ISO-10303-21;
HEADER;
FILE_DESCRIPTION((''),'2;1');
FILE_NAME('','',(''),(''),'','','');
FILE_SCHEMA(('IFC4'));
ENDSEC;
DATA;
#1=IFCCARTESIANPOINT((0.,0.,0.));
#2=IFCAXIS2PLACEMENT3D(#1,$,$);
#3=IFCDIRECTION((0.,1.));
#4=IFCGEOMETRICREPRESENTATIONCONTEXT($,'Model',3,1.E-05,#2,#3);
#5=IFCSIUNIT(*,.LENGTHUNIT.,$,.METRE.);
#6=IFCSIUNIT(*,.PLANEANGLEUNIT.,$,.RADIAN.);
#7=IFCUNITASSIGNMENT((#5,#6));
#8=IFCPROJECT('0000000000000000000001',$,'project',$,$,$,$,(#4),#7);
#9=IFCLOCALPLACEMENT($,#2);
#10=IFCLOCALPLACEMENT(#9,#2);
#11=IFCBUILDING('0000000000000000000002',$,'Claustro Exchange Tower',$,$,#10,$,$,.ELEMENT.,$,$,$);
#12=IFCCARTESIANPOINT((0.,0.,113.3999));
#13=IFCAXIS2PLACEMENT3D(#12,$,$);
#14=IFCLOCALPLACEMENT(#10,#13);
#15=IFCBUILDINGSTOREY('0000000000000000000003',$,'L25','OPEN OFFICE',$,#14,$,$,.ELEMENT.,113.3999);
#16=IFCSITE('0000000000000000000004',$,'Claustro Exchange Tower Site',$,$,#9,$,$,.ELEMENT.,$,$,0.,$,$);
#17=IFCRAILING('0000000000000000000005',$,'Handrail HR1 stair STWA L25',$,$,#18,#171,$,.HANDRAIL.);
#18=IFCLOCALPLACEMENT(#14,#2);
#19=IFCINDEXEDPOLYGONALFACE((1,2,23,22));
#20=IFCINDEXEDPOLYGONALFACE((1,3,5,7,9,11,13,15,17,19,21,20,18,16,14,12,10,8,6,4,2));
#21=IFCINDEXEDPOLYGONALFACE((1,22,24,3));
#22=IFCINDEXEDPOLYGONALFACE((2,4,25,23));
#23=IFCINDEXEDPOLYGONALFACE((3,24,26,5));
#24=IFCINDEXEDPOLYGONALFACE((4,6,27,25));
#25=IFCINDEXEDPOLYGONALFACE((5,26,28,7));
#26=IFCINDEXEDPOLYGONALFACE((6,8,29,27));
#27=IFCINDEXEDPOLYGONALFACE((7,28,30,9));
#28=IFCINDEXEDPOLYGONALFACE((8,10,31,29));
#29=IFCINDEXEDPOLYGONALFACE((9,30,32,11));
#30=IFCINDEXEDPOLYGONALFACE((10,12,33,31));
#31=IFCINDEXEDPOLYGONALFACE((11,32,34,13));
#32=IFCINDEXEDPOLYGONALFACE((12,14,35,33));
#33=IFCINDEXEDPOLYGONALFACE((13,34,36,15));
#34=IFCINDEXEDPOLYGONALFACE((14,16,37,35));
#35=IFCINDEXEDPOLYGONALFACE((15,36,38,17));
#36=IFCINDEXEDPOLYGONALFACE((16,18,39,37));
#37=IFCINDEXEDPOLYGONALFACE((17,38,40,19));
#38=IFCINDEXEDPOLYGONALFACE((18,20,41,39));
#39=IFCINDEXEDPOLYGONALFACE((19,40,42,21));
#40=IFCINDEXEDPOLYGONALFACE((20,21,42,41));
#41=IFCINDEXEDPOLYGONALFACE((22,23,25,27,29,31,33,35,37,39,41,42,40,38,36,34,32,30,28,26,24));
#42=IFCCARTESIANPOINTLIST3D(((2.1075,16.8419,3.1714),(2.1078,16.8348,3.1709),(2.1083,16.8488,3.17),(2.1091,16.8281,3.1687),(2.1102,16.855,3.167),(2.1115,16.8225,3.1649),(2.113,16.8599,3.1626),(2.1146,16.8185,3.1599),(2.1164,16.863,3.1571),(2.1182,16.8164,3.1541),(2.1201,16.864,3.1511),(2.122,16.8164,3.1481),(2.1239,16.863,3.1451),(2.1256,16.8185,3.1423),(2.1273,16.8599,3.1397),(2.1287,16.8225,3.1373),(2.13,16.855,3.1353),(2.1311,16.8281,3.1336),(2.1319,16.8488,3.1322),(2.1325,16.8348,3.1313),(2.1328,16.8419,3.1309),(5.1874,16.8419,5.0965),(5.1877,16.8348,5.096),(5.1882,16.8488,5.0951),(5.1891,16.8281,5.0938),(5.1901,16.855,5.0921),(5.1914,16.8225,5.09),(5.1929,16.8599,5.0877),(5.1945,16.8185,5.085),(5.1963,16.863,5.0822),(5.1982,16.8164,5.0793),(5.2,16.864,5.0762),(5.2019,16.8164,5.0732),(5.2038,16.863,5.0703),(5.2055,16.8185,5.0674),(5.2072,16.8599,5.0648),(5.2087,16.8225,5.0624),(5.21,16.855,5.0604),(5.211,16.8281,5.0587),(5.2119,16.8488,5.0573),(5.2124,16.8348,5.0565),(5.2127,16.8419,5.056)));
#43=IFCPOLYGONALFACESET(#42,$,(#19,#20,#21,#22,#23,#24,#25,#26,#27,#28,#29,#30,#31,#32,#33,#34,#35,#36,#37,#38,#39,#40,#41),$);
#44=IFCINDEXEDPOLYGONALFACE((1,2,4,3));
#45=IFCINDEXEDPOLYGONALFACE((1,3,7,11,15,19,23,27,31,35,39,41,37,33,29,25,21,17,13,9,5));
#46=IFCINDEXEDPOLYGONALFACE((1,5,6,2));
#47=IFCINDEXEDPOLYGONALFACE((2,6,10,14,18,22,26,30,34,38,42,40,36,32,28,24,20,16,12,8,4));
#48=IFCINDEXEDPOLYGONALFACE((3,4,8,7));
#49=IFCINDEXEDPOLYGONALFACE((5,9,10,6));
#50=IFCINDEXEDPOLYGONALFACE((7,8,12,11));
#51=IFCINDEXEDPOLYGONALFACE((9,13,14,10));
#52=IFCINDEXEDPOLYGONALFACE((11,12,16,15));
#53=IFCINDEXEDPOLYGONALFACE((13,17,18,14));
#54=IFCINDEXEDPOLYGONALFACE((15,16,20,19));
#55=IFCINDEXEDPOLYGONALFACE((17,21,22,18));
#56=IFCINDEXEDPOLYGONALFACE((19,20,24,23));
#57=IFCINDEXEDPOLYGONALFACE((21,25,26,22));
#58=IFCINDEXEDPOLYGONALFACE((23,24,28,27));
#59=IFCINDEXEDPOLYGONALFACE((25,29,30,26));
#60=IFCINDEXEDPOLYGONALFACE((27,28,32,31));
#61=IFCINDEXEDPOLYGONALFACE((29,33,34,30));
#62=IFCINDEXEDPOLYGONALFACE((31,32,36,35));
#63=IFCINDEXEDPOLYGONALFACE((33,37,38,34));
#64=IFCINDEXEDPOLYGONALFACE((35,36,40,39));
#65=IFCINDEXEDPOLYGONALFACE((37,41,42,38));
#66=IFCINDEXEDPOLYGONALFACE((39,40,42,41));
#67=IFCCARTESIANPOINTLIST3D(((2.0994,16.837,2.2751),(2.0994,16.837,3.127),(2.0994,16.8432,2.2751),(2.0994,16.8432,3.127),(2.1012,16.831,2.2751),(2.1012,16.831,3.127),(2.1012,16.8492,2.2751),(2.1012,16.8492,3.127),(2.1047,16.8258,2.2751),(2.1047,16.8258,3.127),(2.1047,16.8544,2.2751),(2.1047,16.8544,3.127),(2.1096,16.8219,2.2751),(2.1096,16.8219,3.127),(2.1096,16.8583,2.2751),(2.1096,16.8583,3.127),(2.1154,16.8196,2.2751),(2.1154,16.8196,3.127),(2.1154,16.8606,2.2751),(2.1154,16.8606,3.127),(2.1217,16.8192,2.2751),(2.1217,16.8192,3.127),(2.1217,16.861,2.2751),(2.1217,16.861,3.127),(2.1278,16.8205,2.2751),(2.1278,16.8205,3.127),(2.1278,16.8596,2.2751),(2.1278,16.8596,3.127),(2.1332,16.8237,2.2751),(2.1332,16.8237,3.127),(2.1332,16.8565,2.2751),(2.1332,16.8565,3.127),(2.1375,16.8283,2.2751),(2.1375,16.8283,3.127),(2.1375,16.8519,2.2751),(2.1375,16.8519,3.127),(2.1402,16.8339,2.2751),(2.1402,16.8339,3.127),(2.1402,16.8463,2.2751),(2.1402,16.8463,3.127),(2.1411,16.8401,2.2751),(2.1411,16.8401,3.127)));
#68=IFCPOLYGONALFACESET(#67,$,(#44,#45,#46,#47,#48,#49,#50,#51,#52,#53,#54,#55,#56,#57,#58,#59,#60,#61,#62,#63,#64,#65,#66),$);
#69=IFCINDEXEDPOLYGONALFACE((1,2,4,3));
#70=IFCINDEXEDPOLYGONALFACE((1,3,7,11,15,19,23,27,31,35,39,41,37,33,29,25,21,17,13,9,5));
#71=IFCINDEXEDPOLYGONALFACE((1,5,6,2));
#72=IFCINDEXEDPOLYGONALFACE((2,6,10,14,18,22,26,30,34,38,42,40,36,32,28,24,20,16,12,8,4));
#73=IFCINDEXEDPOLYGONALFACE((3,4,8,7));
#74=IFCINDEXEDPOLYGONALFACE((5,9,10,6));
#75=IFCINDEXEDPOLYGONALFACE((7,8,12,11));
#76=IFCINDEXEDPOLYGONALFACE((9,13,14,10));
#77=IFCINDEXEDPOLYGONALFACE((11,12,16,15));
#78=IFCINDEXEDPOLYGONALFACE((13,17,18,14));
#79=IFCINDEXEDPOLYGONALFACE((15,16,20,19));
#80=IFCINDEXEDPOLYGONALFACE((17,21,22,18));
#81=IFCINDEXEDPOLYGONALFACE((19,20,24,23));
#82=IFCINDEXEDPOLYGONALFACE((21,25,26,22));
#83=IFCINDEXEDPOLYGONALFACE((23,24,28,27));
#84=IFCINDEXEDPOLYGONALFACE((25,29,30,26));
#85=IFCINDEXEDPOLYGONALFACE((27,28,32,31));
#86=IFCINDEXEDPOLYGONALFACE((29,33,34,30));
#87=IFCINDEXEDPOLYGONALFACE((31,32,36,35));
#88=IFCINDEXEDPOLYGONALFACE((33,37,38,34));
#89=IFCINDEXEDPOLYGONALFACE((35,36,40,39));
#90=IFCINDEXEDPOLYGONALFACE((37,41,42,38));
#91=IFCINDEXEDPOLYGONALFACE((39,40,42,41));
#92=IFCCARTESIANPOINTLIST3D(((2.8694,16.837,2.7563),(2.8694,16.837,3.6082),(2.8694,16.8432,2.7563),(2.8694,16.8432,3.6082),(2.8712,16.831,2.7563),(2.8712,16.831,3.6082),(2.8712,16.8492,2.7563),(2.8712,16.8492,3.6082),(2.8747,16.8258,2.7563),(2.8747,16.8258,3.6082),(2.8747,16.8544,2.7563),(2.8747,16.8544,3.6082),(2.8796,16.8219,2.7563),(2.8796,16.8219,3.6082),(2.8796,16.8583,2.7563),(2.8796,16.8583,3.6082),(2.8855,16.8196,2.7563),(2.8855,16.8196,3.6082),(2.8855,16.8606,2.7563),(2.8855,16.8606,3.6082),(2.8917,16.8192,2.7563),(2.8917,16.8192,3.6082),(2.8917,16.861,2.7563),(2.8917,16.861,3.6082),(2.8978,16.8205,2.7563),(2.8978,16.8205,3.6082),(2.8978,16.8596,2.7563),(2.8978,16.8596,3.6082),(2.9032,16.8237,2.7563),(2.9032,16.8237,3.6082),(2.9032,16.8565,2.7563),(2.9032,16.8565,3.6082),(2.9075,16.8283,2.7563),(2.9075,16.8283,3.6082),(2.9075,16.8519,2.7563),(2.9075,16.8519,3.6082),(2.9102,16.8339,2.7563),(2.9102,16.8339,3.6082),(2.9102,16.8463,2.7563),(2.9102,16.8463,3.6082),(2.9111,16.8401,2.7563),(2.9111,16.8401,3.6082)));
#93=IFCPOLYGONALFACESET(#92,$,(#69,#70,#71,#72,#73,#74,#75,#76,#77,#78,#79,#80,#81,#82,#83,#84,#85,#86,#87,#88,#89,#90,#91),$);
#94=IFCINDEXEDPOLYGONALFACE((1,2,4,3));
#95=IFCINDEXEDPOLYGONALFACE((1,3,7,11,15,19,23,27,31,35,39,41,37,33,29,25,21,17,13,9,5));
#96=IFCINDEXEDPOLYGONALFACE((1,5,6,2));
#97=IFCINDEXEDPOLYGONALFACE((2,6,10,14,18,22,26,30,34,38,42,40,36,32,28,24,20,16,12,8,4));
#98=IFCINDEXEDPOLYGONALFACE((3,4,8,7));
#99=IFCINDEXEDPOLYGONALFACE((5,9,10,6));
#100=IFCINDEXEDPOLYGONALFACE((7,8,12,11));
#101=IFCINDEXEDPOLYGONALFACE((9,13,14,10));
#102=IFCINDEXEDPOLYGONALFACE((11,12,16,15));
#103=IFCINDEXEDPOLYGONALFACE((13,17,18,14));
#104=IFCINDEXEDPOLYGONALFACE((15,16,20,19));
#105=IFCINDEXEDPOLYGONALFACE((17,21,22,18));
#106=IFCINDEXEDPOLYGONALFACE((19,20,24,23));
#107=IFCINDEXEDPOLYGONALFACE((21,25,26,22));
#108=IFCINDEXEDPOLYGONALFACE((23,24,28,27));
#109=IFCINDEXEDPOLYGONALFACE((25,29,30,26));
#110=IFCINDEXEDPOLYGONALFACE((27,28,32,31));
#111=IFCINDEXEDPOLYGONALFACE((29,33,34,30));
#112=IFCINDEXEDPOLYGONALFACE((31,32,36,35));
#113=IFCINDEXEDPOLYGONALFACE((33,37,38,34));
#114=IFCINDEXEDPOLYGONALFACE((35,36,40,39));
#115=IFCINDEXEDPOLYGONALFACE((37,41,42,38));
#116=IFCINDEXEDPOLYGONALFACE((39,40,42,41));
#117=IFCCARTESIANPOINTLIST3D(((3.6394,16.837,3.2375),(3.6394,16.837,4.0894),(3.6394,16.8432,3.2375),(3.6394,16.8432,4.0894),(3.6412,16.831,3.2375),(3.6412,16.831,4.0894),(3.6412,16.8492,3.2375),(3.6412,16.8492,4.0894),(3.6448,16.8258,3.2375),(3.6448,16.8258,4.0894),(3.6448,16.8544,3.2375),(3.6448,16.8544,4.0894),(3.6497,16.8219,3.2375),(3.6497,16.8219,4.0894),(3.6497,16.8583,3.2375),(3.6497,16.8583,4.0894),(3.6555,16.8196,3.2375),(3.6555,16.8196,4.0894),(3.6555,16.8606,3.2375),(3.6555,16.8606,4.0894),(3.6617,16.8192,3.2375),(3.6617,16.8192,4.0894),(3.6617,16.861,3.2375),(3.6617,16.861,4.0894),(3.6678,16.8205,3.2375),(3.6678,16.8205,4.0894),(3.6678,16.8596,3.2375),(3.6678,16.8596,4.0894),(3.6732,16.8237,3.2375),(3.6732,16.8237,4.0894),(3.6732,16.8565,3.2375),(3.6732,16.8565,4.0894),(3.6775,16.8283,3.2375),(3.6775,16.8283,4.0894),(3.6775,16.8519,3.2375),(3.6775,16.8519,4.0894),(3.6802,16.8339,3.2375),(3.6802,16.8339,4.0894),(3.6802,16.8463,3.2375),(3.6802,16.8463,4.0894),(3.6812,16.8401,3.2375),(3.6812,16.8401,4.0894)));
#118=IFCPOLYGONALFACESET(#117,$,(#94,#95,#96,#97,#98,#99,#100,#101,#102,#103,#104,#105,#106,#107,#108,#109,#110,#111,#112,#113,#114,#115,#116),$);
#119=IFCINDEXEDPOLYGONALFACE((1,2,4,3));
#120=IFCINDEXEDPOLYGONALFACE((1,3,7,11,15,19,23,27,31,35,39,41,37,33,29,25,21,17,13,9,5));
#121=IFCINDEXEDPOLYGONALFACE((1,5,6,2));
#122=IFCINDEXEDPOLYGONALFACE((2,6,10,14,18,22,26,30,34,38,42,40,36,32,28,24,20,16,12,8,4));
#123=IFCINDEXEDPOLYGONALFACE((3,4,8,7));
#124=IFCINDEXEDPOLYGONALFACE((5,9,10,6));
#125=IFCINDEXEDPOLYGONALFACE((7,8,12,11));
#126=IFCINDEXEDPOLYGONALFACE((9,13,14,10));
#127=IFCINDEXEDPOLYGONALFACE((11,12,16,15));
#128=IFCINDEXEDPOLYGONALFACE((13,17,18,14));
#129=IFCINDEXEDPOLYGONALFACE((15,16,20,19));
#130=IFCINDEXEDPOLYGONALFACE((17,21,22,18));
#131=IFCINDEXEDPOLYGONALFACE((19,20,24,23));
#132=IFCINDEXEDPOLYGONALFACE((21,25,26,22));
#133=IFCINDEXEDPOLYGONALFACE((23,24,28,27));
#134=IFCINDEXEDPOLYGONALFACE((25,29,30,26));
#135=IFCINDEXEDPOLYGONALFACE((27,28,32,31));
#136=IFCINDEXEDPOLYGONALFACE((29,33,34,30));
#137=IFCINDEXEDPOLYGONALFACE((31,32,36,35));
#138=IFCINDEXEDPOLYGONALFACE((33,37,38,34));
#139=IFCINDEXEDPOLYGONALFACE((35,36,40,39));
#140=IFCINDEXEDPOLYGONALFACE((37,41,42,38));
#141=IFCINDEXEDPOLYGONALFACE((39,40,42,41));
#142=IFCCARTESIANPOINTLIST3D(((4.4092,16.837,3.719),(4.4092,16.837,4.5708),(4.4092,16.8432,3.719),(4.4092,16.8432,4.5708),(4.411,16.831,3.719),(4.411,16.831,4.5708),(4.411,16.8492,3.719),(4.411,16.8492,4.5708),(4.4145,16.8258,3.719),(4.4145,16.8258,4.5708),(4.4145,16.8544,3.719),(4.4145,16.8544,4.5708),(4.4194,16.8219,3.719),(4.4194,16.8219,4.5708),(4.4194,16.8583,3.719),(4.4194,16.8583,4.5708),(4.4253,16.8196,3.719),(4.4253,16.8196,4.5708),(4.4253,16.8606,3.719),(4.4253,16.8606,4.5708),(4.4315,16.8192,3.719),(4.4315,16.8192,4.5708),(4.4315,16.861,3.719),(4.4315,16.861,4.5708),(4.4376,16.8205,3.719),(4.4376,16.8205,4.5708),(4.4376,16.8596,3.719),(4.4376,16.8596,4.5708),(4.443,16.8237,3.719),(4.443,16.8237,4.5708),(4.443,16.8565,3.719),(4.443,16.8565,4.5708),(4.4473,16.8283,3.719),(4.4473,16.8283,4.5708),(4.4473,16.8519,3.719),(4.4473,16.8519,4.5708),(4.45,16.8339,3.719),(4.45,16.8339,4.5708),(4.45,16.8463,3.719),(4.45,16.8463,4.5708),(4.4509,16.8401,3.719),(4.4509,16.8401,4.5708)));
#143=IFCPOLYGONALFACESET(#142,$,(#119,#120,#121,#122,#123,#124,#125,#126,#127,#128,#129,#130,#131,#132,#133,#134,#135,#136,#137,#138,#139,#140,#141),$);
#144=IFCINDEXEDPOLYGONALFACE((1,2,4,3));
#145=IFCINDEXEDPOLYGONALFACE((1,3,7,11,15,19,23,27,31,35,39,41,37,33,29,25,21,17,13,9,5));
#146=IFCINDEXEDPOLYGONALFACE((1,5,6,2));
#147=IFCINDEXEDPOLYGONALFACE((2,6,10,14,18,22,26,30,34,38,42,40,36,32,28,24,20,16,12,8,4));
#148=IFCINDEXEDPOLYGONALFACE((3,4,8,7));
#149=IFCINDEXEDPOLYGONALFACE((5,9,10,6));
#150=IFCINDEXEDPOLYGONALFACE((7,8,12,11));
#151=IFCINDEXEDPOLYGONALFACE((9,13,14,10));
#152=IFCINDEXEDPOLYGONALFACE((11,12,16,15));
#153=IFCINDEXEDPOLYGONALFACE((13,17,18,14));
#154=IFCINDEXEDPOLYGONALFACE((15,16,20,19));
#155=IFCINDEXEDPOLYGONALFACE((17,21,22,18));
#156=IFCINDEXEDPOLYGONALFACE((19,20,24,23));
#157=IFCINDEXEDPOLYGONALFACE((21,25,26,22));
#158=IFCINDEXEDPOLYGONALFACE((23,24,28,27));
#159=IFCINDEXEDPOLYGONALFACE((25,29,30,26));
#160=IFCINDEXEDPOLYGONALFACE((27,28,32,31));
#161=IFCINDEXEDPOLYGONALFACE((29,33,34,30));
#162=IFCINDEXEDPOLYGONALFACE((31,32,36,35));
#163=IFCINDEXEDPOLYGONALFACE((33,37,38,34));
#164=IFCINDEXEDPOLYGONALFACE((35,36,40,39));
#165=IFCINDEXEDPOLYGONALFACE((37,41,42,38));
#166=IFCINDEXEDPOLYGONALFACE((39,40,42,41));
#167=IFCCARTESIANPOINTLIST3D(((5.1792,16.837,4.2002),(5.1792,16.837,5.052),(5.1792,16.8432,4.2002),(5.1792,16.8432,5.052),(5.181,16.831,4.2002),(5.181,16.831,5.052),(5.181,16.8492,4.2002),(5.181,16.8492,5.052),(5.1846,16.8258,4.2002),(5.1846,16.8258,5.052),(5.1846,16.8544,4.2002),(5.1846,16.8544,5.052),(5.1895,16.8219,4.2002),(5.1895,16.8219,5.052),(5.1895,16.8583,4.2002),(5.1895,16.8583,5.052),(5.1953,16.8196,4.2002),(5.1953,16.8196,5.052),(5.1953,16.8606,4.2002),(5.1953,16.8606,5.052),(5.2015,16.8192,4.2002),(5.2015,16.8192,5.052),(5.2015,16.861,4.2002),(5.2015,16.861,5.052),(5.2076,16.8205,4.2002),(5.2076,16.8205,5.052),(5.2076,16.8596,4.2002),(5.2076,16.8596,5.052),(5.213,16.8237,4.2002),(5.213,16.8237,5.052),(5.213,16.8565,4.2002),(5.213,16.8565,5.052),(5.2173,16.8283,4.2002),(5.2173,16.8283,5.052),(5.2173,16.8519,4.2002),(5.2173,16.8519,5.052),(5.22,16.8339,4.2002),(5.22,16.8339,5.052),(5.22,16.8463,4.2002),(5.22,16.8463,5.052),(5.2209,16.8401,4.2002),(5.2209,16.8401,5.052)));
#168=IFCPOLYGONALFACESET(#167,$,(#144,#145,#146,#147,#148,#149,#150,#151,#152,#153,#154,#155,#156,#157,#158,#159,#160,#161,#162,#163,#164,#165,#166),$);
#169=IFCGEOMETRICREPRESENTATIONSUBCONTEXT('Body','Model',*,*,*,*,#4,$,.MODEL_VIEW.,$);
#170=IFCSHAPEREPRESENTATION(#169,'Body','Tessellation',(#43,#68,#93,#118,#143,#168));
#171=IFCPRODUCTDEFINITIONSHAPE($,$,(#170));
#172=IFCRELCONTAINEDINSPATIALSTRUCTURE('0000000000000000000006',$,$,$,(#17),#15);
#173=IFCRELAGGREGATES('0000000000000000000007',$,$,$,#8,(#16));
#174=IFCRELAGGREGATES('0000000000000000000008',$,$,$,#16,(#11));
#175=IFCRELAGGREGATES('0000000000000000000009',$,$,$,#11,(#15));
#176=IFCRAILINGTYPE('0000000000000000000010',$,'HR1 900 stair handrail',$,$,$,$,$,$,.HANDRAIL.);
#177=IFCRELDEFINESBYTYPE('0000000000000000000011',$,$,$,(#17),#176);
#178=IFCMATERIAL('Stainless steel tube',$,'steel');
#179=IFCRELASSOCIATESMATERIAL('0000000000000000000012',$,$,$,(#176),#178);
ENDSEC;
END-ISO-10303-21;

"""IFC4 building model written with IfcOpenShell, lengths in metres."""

from ifc_helpers import new_model, si_unit, direction, frame, origin, origin_2d, place, context, subcontext, project, spatial, circle, extrude, material, type_object, element, save


model = new_model("IFC4")

# Units and contexts
model_context = context("Model", 3, precision=1e-05, world=origin(), true_north=direction((0.0, 1.0)))
body_context = subcontext(model_context, "Body", "Model", "MODEL_VIEW")
ifc_project = project(units=[si_unit("LENGTHUNIT", "METRE"), si_unit("PLANEANGLEUNIT", "RADIAN")], contexts=[model_context])

# Site, building, storey
site_placement = place(None, origin())
site = spatial("IfcSite", under=ifc_project, at=site_placement, Name="Claustro Exchange Tower Site", CompositionType="ELEMENT", RefElevation=0.0)
building_placement = place(site_placement, origin())
building = spatial("IfcBuilding", under=site, at=building_placement, Name="Claustro Exchange Tower", CompositionType="ELEMENT")
storey_placement = place(building_placement, frame((0.0, 0.0, 113.3999)))
storey = spatial("IfcBuildingStorey", under=building, at=storey_placement, Name="L25", Description="OPEN OFFICE", CompositionType="ELEMENT", Elevation=113.3999)

# Railing
ifc_material_1 = material(Name="Stainless steel tube", Category="steel")
railing_type = type_object("IfcRailingType", Name="HR1 900 stair handrail", PredefinedType="HANDRAIL", material=ifc_material_1)
railing_placement = place(storey_placement, frame((2.1201, 16.8401, 2.2751)))
element("IfcRailing", 1, at=railing_placement, inside=storey, type_object=railing_type, Name="Handrail HR1 stair STWA L25", PredefinedType="HANDRAIL", context=body_context, shape_type="SweptSolid", body=[
    extrude(circle(Radius=0.0239, at=origin_2d()), frame((0.0, 0.0, 0.876), z_axis=(0.847979, 0.0, 0.530029), x_axis=(0.0, 1.0, 0.0)), (0.0, 0.0, 1.0), 3.6321),
    extrude(circle(Radius=0.021, at=origin_2d()), origin(), (0.0, 0.0, 1.0), 0.8518),
    extrude(circle(Radius=0.021, at=origin_2d()), frame((0.77, 0.0, 0.4812)), (0.0, 0.0, 1.0), 0.8518),
    extrude(circle(Radius=0.021, at=origin_2d()), frame((1.54, 0.0, 0.9624)), (0.0, 0.0, 1.0), 0.8518),
    extrude(circle(Radius=0.021, at=origin_2d()), frame((2.3098, 0.0, 1.4438)), (0.0, 0.0, 1.0), 0.8518),
    extrude(circle(Radius=0.021, at=origin_2d()), frame((3.0798, 0.0, 1.925)), (0.0, 0.0, 1.0), 0.8518),
])

save(model, "model.ifc")
